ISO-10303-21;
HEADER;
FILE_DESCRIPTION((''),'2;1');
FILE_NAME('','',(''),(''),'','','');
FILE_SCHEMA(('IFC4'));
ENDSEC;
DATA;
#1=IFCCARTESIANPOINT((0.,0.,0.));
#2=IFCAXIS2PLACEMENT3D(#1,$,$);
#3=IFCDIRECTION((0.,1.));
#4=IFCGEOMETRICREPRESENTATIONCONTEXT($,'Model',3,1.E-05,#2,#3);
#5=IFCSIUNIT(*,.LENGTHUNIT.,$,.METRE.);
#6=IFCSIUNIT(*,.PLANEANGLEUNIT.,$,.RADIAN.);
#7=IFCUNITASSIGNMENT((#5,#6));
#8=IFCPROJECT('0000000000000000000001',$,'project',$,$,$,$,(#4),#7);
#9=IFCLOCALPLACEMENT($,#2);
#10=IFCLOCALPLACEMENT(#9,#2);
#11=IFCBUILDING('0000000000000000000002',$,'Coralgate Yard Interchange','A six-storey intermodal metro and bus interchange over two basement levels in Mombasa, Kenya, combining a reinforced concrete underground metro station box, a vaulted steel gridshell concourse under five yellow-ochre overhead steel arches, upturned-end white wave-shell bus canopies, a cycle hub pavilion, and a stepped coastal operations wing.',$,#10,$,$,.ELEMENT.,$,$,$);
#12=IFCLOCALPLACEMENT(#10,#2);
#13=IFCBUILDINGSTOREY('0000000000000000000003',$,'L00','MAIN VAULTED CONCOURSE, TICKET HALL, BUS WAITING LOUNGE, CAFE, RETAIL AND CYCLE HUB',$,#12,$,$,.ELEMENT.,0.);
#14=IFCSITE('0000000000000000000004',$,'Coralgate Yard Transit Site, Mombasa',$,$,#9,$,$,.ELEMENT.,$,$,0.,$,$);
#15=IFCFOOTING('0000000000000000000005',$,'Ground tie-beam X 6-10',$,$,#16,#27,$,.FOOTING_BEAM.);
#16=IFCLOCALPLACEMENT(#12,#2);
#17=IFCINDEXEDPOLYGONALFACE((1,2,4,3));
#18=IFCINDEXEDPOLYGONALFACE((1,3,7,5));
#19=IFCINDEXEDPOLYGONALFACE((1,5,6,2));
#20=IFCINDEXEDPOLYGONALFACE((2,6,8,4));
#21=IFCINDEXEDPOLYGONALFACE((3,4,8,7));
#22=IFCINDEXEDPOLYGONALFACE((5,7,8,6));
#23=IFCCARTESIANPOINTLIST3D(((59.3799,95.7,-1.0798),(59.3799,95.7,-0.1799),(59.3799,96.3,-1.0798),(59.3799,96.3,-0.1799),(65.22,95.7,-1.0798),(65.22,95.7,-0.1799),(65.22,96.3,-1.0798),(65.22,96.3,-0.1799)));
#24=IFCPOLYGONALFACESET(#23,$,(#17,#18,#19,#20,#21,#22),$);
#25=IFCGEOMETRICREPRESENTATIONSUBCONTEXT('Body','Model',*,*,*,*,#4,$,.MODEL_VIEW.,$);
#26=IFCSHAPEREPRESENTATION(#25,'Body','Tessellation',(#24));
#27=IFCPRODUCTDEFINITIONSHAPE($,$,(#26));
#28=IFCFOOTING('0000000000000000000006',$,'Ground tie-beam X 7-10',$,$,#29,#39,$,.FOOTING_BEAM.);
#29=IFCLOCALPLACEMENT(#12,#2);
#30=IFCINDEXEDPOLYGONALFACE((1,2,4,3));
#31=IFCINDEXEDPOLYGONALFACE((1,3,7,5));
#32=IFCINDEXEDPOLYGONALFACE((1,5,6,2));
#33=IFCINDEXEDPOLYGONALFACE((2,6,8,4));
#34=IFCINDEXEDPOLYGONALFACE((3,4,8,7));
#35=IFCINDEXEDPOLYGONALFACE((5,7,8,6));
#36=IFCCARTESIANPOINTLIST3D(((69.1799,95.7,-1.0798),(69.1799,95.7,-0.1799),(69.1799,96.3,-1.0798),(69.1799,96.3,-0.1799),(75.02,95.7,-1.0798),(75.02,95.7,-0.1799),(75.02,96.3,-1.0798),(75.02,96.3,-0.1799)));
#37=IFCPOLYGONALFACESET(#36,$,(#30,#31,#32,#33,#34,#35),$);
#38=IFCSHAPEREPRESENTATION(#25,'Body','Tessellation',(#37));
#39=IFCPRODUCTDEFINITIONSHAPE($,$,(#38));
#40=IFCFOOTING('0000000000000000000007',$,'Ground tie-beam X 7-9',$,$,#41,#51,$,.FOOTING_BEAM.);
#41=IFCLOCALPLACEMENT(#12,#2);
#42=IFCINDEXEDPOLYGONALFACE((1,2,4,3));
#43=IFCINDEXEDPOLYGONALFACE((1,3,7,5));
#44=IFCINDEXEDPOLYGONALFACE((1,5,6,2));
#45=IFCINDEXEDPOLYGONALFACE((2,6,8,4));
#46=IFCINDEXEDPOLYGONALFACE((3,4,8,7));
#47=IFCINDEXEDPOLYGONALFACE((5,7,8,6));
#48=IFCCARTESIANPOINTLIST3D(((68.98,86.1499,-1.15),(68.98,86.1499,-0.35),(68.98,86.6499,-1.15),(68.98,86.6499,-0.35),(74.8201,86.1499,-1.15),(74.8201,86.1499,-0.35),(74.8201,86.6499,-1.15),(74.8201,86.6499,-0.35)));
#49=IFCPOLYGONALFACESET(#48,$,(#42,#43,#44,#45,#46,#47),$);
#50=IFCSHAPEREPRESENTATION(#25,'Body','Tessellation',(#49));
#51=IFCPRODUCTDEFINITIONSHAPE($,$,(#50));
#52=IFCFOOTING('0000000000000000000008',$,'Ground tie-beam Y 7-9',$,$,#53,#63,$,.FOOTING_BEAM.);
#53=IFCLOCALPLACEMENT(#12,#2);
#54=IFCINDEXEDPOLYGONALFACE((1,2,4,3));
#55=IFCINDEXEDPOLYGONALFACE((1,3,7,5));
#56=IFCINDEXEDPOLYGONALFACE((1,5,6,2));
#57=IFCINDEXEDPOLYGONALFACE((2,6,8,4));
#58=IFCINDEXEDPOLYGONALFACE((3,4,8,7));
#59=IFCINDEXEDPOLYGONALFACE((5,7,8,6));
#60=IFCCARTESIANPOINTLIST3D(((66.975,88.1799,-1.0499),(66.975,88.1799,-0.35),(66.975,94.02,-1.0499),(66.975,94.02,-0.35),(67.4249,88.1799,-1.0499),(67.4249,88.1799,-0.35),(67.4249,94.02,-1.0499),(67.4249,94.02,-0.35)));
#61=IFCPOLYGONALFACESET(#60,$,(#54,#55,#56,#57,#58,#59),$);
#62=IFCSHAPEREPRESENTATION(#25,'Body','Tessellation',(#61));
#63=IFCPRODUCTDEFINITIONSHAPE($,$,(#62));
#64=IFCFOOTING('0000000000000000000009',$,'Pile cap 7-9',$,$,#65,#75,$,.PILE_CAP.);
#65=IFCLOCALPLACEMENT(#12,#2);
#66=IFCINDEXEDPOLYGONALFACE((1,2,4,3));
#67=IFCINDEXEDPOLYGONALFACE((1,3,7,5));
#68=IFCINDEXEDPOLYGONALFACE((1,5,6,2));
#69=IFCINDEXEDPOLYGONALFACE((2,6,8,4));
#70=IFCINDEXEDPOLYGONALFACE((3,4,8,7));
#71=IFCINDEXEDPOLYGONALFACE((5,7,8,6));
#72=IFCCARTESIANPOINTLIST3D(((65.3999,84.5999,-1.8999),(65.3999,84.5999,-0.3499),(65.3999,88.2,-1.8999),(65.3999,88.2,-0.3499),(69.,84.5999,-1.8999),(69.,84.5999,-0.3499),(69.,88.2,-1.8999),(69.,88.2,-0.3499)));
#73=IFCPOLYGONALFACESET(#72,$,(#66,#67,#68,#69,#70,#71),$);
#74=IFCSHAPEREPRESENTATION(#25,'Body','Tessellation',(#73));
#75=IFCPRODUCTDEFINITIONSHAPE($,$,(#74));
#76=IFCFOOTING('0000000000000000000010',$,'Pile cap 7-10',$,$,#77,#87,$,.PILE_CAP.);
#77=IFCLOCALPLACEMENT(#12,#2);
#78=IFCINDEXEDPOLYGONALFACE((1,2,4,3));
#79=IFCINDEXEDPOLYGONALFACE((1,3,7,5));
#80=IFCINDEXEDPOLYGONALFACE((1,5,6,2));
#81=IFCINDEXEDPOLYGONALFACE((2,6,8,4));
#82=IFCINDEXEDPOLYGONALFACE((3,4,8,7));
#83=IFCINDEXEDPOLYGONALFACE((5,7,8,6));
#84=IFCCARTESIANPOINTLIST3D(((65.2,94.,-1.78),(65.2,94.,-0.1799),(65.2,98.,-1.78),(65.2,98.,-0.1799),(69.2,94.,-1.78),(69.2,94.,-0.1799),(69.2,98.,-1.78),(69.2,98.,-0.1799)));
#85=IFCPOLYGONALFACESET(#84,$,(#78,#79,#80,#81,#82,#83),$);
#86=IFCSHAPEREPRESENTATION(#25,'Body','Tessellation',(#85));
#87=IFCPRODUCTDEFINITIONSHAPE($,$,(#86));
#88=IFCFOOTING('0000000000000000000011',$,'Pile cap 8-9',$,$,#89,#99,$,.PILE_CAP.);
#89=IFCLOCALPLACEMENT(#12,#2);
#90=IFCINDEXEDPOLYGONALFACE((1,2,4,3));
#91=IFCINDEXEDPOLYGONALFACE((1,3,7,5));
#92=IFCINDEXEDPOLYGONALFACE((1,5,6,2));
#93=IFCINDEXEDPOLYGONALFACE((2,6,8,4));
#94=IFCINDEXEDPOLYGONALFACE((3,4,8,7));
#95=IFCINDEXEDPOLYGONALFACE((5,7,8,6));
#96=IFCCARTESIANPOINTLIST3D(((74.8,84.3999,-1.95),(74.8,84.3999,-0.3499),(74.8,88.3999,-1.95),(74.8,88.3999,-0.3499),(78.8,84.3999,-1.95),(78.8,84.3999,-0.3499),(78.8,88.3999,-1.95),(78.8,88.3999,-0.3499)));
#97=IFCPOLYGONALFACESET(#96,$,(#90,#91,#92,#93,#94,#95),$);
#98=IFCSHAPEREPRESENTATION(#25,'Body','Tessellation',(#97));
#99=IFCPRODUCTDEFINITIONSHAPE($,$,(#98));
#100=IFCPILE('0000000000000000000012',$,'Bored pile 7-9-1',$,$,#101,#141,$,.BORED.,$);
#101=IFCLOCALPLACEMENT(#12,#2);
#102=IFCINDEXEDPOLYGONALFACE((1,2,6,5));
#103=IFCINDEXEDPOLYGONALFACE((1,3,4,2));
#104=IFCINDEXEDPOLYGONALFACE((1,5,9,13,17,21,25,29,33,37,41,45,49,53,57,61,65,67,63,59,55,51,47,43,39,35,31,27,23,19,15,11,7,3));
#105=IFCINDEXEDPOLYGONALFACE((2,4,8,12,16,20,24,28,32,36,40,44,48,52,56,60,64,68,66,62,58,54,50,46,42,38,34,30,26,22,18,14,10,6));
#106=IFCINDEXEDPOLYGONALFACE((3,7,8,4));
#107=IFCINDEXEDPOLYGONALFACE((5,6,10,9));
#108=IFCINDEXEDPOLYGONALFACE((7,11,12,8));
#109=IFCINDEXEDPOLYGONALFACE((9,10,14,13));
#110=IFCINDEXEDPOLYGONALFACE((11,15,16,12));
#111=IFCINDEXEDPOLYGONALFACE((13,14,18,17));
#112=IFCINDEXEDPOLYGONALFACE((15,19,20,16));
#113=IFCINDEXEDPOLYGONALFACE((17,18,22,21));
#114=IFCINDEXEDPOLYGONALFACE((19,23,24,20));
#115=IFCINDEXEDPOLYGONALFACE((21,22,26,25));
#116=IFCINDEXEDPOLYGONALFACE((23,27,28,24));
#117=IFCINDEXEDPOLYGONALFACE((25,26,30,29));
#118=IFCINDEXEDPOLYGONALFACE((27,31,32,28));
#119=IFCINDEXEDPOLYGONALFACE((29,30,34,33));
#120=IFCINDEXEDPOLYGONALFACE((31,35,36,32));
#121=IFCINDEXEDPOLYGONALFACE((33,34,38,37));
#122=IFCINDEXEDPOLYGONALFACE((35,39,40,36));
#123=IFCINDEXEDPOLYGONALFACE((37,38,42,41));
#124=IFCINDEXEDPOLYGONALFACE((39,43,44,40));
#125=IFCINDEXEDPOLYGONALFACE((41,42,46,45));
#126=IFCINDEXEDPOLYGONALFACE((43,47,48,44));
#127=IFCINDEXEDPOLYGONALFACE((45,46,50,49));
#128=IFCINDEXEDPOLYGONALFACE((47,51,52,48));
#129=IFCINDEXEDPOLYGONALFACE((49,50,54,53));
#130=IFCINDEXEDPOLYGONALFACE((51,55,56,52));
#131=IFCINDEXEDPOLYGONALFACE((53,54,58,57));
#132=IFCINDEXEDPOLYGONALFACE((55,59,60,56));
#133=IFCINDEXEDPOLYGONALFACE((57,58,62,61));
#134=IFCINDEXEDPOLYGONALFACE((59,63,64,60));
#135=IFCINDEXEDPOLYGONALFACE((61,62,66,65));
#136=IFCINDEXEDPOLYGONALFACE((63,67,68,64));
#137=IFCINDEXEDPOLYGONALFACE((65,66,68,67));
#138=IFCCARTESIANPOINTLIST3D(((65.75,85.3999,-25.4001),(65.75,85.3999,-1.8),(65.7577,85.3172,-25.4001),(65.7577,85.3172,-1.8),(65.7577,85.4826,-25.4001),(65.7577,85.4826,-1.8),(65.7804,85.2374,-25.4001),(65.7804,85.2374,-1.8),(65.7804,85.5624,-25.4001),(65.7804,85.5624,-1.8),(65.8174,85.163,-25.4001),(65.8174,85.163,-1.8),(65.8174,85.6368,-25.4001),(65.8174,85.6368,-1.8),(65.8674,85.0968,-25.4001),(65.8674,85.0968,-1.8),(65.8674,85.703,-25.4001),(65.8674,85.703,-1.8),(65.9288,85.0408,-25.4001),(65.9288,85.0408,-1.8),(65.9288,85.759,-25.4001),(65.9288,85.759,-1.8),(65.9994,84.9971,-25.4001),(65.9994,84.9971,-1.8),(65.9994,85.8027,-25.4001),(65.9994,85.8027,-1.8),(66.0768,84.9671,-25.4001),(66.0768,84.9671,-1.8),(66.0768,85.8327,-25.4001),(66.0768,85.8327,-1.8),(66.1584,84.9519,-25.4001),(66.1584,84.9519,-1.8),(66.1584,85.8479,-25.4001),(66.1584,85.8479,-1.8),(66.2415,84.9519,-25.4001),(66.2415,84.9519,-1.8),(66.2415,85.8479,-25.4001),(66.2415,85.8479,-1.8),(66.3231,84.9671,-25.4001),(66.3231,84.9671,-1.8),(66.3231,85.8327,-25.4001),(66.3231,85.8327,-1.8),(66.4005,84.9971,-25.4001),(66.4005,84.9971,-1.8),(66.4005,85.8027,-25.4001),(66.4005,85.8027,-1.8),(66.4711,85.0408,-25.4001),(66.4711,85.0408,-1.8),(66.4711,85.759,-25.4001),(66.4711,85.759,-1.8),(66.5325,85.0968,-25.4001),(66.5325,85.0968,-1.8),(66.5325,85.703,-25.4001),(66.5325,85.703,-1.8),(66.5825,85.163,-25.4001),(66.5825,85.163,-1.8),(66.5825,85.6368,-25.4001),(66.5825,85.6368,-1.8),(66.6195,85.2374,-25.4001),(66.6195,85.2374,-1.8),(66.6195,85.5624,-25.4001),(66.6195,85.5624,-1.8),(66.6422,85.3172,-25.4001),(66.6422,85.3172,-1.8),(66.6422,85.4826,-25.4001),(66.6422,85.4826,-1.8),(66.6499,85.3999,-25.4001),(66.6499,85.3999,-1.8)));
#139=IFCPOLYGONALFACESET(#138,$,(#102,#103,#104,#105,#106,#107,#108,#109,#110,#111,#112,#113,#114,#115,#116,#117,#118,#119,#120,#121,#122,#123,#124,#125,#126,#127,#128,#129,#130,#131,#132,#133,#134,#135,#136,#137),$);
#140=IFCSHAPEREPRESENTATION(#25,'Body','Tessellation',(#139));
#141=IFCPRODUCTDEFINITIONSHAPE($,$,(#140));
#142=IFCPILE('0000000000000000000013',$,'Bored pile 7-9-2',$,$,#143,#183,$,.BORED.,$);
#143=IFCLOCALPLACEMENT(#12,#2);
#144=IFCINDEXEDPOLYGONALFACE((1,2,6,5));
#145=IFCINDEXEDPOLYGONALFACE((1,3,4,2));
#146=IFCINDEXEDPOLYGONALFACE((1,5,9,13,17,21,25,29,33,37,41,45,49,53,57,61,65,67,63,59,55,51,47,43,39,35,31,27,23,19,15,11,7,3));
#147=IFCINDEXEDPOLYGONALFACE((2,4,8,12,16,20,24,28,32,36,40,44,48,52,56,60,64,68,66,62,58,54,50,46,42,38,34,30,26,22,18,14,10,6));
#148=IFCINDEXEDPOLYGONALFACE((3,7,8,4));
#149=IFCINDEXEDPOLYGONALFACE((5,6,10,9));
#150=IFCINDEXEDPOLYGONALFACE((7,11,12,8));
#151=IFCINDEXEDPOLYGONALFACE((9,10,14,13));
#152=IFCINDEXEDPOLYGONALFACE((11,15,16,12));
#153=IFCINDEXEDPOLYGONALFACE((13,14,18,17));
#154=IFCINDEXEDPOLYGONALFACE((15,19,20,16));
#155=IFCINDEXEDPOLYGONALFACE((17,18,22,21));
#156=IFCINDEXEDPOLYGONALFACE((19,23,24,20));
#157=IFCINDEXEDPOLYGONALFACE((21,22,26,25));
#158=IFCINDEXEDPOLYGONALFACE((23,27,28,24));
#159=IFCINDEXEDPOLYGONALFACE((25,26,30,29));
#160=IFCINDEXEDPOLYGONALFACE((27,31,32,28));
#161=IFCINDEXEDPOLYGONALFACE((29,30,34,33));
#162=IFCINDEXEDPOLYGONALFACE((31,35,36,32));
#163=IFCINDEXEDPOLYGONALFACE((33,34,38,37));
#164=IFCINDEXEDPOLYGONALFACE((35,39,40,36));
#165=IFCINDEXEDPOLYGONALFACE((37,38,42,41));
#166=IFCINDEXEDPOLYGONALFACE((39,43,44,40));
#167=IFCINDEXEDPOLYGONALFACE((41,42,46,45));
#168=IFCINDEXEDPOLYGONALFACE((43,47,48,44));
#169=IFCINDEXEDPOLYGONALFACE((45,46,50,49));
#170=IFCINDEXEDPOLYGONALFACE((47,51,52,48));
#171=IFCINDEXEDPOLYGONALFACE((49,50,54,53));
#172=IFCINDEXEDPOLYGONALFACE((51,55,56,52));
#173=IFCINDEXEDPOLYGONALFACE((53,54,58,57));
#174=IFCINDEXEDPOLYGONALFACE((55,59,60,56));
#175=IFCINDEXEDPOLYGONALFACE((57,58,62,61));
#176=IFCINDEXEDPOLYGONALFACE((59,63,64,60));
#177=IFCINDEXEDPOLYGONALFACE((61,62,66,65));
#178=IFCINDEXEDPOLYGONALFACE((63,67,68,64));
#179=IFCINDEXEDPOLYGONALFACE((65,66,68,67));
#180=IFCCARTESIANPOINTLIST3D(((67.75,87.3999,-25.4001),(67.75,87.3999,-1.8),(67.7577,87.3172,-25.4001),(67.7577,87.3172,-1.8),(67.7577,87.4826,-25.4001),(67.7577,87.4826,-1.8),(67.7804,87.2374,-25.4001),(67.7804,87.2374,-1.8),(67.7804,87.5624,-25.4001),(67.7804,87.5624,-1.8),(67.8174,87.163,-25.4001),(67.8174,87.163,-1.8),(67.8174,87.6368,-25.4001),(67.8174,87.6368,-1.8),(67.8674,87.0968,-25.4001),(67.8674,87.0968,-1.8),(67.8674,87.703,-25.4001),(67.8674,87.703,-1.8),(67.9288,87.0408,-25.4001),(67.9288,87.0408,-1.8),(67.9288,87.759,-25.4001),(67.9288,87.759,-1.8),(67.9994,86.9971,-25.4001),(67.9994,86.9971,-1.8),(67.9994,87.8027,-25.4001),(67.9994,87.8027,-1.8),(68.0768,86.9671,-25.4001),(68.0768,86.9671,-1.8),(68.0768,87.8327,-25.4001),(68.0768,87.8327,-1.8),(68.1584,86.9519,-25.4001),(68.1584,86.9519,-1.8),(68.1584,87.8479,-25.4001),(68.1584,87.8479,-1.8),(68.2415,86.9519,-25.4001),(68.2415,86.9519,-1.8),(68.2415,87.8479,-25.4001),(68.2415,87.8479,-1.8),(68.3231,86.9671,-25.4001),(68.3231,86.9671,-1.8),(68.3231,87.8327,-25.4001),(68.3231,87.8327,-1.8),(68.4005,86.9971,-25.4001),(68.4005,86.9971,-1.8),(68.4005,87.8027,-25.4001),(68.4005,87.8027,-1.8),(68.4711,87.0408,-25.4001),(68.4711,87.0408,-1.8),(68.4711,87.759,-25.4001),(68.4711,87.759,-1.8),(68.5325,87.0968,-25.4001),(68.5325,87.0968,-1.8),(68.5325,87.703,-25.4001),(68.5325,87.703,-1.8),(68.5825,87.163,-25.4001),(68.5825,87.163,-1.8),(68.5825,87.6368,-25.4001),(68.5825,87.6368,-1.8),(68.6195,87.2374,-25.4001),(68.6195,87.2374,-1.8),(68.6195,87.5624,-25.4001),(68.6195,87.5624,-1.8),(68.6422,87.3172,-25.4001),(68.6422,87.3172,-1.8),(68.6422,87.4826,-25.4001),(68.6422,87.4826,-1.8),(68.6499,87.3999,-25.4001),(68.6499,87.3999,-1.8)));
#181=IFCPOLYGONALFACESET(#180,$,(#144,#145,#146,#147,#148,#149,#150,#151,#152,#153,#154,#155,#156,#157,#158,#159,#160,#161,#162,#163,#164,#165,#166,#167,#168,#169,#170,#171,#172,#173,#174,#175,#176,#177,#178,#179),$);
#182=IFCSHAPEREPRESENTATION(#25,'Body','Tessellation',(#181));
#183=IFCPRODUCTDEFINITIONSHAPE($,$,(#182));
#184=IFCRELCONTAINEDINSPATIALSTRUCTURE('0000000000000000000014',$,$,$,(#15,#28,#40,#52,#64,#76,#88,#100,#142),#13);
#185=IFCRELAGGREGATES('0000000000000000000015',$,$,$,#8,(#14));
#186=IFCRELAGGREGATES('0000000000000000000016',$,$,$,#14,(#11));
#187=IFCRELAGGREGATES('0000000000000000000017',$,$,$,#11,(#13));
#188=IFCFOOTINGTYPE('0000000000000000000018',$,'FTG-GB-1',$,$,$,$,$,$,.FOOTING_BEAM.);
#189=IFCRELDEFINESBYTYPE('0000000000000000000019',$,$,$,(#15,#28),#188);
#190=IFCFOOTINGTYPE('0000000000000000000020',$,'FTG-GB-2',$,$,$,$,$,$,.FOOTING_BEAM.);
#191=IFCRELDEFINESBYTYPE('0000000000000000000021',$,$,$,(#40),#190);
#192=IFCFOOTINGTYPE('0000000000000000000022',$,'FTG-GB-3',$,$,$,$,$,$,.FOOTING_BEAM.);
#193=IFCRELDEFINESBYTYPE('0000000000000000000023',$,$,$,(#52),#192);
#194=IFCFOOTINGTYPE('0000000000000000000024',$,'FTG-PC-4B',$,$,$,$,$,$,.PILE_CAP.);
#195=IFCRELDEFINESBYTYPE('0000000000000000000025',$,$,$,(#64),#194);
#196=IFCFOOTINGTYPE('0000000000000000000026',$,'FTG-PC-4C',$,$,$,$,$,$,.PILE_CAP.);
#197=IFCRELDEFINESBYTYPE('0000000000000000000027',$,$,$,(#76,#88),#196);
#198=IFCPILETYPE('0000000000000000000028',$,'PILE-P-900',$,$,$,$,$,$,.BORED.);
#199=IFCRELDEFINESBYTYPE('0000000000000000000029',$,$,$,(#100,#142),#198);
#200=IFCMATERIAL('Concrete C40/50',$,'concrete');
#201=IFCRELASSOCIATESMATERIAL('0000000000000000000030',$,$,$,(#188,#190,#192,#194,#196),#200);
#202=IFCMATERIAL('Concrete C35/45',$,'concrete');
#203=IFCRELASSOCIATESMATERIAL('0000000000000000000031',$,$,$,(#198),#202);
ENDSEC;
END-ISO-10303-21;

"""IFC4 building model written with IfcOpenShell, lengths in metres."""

from ifc_helpers import new_model, si_unit, direction, frame, origin, origin_2d, place, context, subcontext, project, spatial, rectangle, circle, extrude, material, material_profile, profile_set, type_object, element, save


model = new_model("IFC4")

# Units and contexts
model_context = context("Model", 3, precision=1e-05, world=origin(), true_north=direction((0.0, 1.0)))
body_context = subcontext(model_context, "Body", "Model", "MODEL_VIEW")
ifc_project = project(units=[si_unit("LENGTHUNIT", "METRE"), si_unit("PLANEANGLEUNIT", "RADIAN")], contexts=[model_context])

# Site, building, storey
site_placement = place(None, origin())
site = spatial("IfcSite", under=ifc_project, at=site_placement, Name="Coralgate Yard Transit Site, Mombasa", CompositionType="ELEMENT", RefElevation=0.0)
building_placement = place(site_placement, origin())
building = spatial("IfcBuilding", under=site, at=building_placement, Name="Coralgate Yard Interchange", Description="A six-storey intermodal metro and bus interchange over two basement levels in Mombasa, Kenya, combining a reinforced concrete underground metro station box, a vaulted steel gridshell concourse under five yellow-ochre overhead steel arches, upturned-end white wave-shell bus canopies, a cycle hub pavilion, and a stepped coastal operations wing.", CompositionType="ELEMENT")
storey_placement = place(building_placement, origin())
storey = spatial("IfcBuildingStorey", under=building, at=storey_placement, Name="L00", Description="MAIN VAULTED CONCOURSE, TICKET HALL, BUS WAITING LOUNGE, CAFE, RETAIL AND CYCLE HUB", CompositionType="ELEMENT", Elevation=0.0)

# Footings
ifc_material_1 = material(Name="Concrete C40/50", Category="concrete")
ifc_material_profile_1 = material_profile(ifc_material_1, rectangle(XDim=0.6001, YDim=0.8999, at=origin_2d()), Name="RC 600x900")
ifc_profile_set_1 = profile_set([ifc_material_profile_1], Name="Concrete C40/50")
footing_type_1 = type_object("IfcFootingType", Name="FTG-GB-1", PredefinedType="FOOTING_BEAM", material=ifc_profile_set_1)
for number, where, z_axis, x_axis, name in (
    (1, (59.3799, 96.0, -0.6299), (1.0, 0.0, 0.0), (0.0, 1.0, 0.0), "Ground tie-beam X 6-10"),
    (2, (69.1799, 96.0, -0.6299), (1.0, 0.0, 0.0), (0.0, 1.0, 0.0), "Ground tie-beam X 7-10"),
):
    element("IfcFooting", number, at=place(storey_placement, frame(where, z_axis=z_axis, x_axis=x_axis)), inside=storey, type_object=footing_type_1, Name=name, PredefinedType="FOOTING_BEAM", context=body_context, shape_type="SweptSolid", body=[
        extrude(rectangle(XDim=0.6001, YDim=0.8999, at=origin_2d()), origin(), (0.0, 0.0, 1.0), 5.8401),
    ])
ifc_material_profile_2 = material_profile(ifc_material_1, rectangle(XDim=0.5, YDim=0.8, at=origin_2d()), Name="RC 500x800")
ifc_profile_set_2 = profile_set([ifc_material_profile_2], Name="Concrete C40/50")
footing_type_2 = type_object("IfcFootingType", Name="FTG-GB-2", PredefinedType="FOOTING_BEAM", material=ifc_profile_set_2)
footing_1_placement = place(storey_placement, frame((68.98, 86.3999, -0.75), z_axis=(1.0, 0.0, 0.0), x_axis=(0.0, 1.0, 0.0)))
element("IfcFooting", 3, at=footing_1_placement, inside=storey, type_object=footing_type_2, Name="Ground tie-beam X 7-9", PredefinedType="FOOTING_BEAM", context=body_context, shape_type="SweptSolid", body=[
    extrude(rectangle(XDim=0.5, YDim=0.8, at=origin_2d()), origin(), (0.0, 0.0, 1.0), 5.8401),
])
ifc_material_profile_3 = material_profile(ifc_material_1, rectangle(XDim=0.45, YDim=0.7, at=origin_2d()), Name="RC 450x700")
ifc_profile_set_3 = profile_set([ifc_material_profile_3], Name="Concrete C40/50")
footing_type_3 = type_object("IfcFootingType", Name="FTG-GB-3", PredefinedType="FOOTING_BEAM", material=ifc_profile_set_3)
footing_2_placement = place(storey_placement, frame((67.2, 88.1799, -0.7), z_axis=(0.0, 1.0, 0.0), x_axis=(-1.0, 0.0, 0.0)))
element("IfcFooting", 4, at=footing_2_placement, inside=storey, type_object=footing_type_3, Name="Ground tie-beam Y 7-9", PredefinedType="FOOTING_BEAM", context=body_context, shape_type="SweptSolid", body=[
    extrude(rectangle(XDim=0.45, YDim=0.7, at=origin_2d()), origin(), (0.0, 0.0, 1.0), 5.8401),
])
footing_type_4 = type_object("IfcFootingType", Name="FTG-PC-4B", PredefinedType="PILE_CAP", material=ifc_material_1)
footing_3_placement = place(storey_placement, frame((67.2, 86.3999, -1.8999), z_axis=(0.0, 0.0, 1.0), x_axis=(1.0, 0.0, 0.0)))
element("IfcFooting", 5, at=footing_3_placement, inside=storey, type_object=footing_type_4, Name="Pile cap 7-9", PredefinedType="PILE_CAP", context=body_context, shape_type="SweptSolid", body=[
    extrude(rectangle(XDim=3.6001, YDim=3.6001, at=origin_2d()), origin(), (0.0, 0.0, 1.0), 1.55),
])
footing_type_5 = type_object("IfcFootingType", Name="FTG-PC-4C", PredefinedType="PILE_CAP", material=ifc_material_1)
for number, where, z_axis, x_axis, name in (
    (6, (67.2, 96.0, -1.78), (0.0, 0.0, 1.0), (1.0, 0.0, 0.0), "Pile cap 7-10"),
    (7, (76.8, 86.3999, -1.95), (0.0, 0.0, 1.0), (1.0, 0.0, 0.0), "Pile cap 8-9"),
):
    element("IfcFooting", number, at=place(storey_placement, frame(where, z_axis=z_axis, x_axis=x_axis)), inside=storey, type_object=footing_type_5, Name=name, PredefinedType="PILE_CAP", context=body_context, shape_type="SweptSolid", body=[
        extrude(rectangle(XDim=4.0, YDim=4.0, at=origin_2d()), origin(), (0.0, 0.0, 1.0), 1.6001),
    ])

# Piles
ifc_material_2 = material(Name="Concrete C35/45", Category="concrete")
ifc_material_profile_4 = material_profile(ifc_material_2, circle(Radius=0.45, at=origin_2d()), Name="BORED PILE D900")
ifc_profile_set_4 = profile_set([ifc_material_profile_4], Name="Concrete C35/45")
pile_type = type_object("IfcPileType", Name="PILE-P-900", PredefinedType="BORED", material=ifc_profile_set_4)
for number, where, z_axis, x_axis, name in (
    (8, (66.2, 85.3999, -1.8), (0.0, 0.0, -1.0), (1.0, 0.0, 0.0), "Bored pile 7-9-1"),
    (9, (68.2, 87.3999, -1.8), (0.0, 0.0, -1.0), (1.0, 0.0, 0.0), "Bored pile 7-9-2"),
):
    element("IfcPile", number, at=place(storey_placement, frame(where, z_axis=z_axis, x_axis=x_axis)), inside=storey, type_object=pile_type, Name=name, PredefinedType="BORED", context=body_context, shape_type="SweptSolid", body=[
        extrude(circle(Radius=0.45, at=origin_2d()), origin(), (0.0, 0.0, 1.0), 23.6001),
    ])

save(model, "model.ifc")
